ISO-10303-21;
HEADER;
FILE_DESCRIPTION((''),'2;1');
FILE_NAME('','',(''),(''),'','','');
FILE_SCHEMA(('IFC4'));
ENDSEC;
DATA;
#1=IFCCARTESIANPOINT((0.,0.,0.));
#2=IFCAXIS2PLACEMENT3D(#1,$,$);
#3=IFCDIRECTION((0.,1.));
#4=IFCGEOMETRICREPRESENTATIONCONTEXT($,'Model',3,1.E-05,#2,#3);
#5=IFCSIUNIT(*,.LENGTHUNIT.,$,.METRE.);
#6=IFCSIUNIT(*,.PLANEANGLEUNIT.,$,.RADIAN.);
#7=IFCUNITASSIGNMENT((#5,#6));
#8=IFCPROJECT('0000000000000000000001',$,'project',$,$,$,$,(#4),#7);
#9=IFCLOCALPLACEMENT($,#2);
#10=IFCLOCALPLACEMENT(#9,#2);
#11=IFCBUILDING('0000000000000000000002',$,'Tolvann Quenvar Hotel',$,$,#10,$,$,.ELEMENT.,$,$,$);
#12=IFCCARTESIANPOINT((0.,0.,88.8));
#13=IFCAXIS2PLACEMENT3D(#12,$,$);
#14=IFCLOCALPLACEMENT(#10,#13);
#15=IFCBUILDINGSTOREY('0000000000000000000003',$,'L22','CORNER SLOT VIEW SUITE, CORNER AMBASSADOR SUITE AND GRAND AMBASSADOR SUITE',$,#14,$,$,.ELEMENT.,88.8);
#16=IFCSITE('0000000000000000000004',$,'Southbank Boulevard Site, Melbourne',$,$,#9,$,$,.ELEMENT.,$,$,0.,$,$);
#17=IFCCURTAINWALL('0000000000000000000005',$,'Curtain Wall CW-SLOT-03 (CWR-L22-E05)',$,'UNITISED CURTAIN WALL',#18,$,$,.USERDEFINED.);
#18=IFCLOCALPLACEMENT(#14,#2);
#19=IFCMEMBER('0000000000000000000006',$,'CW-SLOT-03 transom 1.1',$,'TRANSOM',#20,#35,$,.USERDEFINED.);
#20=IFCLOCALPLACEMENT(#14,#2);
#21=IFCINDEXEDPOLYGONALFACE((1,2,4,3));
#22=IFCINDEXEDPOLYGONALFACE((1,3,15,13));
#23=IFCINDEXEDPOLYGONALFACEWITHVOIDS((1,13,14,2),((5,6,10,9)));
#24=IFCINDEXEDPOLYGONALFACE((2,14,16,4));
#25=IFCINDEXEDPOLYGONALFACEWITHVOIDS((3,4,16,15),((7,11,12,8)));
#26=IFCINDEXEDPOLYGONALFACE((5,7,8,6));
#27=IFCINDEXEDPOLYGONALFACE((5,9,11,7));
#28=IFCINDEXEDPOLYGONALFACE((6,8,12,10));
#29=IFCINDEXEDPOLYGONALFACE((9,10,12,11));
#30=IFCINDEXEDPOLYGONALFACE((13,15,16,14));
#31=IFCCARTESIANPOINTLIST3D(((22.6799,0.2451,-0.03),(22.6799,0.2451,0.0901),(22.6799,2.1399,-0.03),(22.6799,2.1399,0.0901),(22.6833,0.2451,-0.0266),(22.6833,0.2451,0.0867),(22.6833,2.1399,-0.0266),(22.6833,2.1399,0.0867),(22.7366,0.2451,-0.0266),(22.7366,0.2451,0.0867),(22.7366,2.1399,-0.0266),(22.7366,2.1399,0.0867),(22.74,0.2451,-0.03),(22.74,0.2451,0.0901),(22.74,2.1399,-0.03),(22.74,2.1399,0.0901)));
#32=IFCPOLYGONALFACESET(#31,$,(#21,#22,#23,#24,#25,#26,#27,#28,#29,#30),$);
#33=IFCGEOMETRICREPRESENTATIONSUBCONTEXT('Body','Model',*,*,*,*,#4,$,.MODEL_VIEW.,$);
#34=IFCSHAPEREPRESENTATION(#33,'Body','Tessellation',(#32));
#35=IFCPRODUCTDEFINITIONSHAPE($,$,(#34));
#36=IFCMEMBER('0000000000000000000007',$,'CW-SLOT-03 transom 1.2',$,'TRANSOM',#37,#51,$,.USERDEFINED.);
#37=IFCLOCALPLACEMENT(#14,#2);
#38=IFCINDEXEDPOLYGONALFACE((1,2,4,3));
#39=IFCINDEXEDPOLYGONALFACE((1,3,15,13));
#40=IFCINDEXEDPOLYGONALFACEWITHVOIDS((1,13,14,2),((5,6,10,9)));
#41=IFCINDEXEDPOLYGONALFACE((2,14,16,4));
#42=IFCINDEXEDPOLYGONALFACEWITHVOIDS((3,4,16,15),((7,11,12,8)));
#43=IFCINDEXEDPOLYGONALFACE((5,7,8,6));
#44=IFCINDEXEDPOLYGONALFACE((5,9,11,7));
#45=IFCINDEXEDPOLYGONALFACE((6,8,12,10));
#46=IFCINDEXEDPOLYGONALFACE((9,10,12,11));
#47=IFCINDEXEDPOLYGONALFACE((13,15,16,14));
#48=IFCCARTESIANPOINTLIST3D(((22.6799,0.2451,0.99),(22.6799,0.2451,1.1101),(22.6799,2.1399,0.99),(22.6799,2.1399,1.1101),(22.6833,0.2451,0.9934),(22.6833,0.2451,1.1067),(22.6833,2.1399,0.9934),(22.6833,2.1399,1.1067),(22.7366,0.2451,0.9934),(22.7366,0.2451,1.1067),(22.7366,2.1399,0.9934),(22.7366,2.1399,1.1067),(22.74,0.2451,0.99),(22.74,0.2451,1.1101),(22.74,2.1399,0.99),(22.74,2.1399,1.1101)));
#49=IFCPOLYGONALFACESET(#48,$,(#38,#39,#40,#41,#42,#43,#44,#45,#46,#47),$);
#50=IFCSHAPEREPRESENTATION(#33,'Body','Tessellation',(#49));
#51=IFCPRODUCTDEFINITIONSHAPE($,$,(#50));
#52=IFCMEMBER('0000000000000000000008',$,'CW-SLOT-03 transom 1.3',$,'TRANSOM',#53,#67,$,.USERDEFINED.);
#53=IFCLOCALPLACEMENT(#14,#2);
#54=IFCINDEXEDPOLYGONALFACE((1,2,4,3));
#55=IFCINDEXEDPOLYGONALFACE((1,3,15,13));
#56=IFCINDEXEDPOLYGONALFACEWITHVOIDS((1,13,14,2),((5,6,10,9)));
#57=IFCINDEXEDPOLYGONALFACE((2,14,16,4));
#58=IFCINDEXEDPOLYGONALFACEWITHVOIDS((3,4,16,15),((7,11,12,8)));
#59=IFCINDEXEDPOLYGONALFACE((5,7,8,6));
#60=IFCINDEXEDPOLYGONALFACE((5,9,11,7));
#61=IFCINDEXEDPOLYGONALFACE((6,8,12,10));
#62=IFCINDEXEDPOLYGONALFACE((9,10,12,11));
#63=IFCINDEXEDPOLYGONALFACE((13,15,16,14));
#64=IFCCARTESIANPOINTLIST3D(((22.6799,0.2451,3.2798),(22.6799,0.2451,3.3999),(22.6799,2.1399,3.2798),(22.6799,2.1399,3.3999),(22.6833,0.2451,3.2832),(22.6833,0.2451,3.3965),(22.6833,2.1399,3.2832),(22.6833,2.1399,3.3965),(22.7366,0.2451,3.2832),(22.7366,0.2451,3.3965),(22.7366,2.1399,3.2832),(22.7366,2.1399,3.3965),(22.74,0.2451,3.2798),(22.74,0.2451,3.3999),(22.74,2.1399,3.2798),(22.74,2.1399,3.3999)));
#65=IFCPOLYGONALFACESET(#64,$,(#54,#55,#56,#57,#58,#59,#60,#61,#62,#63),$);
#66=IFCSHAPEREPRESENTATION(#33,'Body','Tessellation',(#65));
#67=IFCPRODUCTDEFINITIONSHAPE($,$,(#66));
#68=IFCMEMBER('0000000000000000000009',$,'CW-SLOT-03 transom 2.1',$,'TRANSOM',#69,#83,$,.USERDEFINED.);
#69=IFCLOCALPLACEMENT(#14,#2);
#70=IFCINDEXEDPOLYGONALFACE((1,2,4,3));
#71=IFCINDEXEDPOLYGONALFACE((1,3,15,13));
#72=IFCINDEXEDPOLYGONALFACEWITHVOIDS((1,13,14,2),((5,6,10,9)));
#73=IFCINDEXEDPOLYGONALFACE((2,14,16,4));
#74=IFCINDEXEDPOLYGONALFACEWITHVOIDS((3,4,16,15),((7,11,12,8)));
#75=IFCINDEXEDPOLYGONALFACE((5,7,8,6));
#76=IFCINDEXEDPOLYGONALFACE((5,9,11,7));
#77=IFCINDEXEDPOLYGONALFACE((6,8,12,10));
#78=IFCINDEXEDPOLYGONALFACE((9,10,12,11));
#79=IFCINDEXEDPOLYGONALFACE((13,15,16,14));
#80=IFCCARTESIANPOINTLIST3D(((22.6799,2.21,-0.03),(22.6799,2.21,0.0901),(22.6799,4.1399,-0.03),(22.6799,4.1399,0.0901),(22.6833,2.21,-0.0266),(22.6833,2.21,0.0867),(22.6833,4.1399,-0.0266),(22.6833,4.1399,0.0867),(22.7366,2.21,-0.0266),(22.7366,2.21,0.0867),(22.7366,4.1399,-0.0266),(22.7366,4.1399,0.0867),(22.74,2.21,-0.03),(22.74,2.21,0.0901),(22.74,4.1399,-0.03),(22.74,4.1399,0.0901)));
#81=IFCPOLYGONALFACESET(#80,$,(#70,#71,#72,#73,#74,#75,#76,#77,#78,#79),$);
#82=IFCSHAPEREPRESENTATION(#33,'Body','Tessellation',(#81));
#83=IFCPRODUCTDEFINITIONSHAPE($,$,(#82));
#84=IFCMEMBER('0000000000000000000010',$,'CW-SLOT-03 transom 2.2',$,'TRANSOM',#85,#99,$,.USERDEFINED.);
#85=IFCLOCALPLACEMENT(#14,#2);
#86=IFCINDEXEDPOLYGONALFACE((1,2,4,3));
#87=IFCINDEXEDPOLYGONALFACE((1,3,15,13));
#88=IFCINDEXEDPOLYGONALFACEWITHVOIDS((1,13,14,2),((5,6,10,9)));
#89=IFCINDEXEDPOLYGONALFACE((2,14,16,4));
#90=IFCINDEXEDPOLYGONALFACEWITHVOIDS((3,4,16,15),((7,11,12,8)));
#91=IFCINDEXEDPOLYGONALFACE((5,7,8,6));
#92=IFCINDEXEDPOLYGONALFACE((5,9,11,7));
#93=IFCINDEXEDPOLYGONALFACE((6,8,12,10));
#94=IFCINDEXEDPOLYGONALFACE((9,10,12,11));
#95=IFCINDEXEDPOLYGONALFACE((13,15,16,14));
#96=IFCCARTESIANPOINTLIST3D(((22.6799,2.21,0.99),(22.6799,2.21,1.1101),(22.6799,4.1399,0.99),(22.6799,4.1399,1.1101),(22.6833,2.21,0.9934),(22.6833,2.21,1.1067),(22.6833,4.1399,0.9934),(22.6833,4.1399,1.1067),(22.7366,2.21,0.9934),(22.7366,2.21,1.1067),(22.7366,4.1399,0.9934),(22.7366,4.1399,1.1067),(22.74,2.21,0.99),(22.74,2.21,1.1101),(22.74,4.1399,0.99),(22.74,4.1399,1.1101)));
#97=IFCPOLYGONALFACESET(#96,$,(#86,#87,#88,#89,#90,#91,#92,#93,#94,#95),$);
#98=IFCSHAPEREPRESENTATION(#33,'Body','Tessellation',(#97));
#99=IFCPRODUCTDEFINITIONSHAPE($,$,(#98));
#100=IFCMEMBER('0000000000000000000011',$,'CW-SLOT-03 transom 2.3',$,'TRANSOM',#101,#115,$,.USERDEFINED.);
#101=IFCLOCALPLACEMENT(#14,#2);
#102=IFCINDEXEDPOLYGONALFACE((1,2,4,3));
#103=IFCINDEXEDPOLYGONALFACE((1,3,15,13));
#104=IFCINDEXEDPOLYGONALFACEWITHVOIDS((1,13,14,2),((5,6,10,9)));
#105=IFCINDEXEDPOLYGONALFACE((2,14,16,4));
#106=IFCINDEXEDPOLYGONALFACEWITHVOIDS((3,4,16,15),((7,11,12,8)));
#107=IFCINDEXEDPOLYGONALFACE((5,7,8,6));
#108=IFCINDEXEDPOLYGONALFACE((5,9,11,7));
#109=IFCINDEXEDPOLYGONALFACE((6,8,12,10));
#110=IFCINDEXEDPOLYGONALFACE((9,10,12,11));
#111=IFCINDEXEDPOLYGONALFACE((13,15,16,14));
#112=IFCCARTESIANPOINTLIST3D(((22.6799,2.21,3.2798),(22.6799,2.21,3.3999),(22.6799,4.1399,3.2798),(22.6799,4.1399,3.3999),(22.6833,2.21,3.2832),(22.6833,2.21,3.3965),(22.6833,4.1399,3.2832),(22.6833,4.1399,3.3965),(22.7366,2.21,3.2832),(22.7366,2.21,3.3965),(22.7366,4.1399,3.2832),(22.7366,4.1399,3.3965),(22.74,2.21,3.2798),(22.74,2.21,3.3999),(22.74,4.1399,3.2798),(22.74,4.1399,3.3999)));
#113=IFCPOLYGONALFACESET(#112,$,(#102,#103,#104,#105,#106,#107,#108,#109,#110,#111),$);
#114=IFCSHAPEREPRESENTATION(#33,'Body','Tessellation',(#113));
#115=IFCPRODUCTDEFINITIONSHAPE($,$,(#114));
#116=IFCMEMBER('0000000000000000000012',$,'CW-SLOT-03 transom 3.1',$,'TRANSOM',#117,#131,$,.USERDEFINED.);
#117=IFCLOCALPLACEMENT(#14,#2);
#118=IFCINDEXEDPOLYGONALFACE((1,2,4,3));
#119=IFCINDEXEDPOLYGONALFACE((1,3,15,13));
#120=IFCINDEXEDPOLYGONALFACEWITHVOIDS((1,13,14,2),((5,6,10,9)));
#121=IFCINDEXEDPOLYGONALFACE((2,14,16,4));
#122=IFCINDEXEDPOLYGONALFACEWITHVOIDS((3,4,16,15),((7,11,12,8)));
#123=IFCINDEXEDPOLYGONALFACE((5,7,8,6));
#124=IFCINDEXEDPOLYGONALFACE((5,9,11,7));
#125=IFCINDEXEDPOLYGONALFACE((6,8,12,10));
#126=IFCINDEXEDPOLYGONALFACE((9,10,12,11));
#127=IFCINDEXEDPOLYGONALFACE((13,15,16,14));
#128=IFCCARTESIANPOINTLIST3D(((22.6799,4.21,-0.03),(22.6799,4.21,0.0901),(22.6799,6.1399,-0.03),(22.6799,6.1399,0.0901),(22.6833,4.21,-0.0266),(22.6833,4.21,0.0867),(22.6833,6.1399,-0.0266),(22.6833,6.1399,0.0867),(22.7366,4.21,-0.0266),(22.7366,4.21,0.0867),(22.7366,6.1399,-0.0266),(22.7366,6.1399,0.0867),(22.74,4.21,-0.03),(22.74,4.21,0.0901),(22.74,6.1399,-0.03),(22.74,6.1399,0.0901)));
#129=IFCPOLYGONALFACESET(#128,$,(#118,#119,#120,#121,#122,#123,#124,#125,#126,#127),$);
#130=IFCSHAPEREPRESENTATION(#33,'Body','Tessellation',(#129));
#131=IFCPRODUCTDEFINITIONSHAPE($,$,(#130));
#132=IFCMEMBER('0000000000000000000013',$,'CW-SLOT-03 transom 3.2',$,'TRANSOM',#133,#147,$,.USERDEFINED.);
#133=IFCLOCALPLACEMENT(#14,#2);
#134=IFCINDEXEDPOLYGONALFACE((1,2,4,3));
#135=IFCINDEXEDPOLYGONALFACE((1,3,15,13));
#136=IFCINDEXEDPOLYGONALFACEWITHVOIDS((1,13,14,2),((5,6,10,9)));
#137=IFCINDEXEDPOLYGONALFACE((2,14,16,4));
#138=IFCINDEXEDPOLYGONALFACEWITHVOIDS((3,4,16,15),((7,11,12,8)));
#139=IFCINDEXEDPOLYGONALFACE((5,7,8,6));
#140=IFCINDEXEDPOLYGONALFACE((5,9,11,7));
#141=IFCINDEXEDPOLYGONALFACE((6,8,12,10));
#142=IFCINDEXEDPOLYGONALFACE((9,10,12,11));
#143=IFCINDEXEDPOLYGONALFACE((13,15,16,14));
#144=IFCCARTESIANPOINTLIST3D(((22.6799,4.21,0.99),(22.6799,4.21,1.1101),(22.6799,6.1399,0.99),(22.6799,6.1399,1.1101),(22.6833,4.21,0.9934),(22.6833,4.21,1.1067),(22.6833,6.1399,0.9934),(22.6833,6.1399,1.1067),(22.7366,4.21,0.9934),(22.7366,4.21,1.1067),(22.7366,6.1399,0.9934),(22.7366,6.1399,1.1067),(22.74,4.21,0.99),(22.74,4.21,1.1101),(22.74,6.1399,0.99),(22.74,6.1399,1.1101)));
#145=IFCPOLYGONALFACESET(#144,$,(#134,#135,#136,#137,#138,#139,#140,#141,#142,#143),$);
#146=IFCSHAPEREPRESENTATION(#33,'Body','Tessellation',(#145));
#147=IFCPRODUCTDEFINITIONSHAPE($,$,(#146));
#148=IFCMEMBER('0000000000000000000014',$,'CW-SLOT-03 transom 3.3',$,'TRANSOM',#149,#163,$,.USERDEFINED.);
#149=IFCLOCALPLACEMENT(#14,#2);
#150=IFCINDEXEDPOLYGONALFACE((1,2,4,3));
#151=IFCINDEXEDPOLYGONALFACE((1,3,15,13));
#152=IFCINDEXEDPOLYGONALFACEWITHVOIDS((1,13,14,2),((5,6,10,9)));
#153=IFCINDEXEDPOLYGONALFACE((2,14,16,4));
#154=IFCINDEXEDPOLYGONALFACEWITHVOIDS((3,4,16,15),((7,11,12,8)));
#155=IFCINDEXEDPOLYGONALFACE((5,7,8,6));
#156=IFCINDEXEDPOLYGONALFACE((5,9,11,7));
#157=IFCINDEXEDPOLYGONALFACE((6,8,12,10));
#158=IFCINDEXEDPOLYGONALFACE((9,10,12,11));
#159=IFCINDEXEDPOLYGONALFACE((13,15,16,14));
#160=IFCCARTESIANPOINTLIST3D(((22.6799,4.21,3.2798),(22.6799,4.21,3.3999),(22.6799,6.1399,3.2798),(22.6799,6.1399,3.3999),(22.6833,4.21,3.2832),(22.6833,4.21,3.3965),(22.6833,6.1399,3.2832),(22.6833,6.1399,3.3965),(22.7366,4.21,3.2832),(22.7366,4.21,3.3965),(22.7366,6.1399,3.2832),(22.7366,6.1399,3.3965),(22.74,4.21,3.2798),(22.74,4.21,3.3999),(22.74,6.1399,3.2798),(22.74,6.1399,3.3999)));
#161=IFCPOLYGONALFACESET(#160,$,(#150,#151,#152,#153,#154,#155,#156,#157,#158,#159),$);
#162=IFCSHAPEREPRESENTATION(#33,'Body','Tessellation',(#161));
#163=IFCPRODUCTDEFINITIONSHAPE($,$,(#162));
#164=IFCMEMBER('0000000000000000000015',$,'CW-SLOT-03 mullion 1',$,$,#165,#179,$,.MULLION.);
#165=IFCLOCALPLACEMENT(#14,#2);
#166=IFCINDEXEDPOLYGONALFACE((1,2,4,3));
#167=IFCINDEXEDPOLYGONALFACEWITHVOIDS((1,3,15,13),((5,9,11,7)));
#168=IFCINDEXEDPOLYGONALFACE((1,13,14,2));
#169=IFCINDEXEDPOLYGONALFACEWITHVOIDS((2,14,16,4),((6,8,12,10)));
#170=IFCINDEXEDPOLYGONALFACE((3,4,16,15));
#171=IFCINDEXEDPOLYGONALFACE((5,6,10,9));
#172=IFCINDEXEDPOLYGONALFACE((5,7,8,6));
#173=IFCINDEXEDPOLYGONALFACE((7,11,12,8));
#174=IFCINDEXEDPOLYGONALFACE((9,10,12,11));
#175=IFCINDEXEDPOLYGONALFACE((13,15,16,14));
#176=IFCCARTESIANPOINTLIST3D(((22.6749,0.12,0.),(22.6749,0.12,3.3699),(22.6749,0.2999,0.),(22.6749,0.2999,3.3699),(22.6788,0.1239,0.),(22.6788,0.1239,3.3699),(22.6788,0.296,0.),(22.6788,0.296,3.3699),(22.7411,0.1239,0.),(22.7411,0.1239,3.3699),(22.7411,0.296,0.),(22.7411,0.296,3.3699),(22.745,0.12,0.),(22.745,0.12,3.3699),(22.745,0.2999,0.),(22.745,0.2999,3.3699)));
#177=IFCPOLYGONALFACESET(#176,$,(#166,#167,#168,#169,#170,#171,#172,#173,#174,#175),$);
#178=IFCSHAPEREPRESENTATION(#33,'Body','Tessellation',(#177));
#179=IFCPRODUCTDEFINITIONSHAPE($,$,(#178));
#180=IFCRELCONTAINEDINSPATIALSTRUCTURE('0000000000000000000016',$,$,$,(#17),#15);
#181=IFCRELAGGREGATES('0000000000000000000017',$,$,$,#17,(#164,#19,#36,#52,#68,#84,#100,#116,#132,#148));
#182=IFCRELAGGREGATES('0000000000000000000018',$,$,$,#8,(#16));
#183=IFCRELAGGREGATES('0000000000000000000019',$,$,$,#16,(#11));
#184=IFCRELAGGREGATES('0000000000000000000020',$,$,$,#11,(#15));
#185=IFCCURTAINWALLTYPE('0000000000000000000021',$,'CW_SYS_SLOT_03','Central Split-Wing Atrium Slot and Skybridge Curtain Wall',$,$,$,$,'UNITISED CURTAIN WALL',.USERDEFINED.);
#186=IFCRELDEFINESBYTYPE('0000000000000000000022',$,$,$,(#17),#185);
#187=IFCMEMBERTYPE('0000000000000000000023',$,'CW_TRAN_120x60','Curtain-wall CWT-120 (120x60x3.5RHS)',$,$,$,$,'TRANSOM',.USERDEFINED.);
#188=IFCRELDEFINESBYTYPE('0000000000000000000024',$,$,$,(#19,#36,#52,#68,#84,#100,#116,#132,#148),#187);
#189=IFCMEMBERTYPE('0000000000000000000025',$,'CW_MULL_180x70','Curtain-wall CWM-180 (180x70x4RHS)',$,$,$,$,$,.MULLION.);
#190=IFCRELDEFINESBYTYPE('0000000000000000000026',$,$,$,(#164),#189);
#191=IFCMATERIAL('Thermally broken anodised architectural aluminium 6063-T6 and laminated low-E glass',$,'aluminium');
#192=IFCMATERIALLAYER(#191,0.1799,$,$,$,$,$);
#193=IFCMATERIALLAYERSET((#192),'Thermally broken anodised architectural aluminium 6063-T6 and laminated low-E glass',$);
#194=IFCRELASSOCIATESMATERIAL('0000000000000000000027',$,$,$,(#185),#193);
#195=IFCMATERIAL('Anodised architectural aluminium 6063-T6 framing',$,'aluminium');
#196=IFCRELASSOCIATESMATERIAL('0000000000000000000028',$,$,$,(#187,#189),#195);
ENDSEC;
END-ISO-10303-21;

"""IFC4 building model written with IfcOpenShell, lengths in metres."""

from ifc_helpers import new_model, si_unit, direction, frame, origin, origin_2d, place, context, subcontext, project, spatial, hollow_rectangle, extrude, source, transform, mapped, material, layer, layer_set, material_profile, profile_set, type_object, type_shapes, element, aggregate, save


model = new_model("IFC4")

# Units and contexts
model_context = context("Model", 3, precision=1e-05, world=origin(), true_north=direction((0.0, 1.0)))
body_context = subcontext(model_context, "Body", "Model", "MODEL_VIEW")
ifc_project = project(units=[si_unit("LENGTHUNIT", "METRE"), si_unit("PLANEANGLEUNIT", "RADIAN")], contexts=[model_context])

# Site, building, storey
site_placement = place(None, origin())
site = spatial("IfcSite", under=ifc_project, at=site_placement, Name="Southbank Boulevard Site, Melbourne", CompositionType="ELEMENT", RefElevation=0.0)
building_placement = place(site_placement, origin())
building = spatial("IfcBuilding", under=site, at=building_placement, Name="Tolvann Quenvar Hotel", CompositionType="ELEMENT")
storey_placement = place(building_placement, frame((0.0, 0.0, 88.8)))
storey = spatial("IfcBuildingStorey", under=building, at=storey_placement, Name="L22", Description="CORNER SLOT VIEW SUITE, CORNER AMBASSADOR SUITE AND GRAND AMBASSADOR SUITE", CompositionType="ELEMENT", Elevation=88.8)

# Curtain wall, members
ifc_material_1 = material(Name="Thermally broken anodised architectural aluminium 6063-T6 and laminated low-E glass", Category="aluminium")
ifc_layer_1 = layer(ifc_material_1, 0.1799)
ifc_layer_set_1 = layer_set([ifc_layer_1], Name="Thermally broken anodised architectural aluminium 6063-T6 and laminated low-E glass")
curtain_wall_type = type_object("IfcCurtainWallType", Name="CW_SYS_SLOT_03", Description="Central Split-Wing Atrium Slot and Skybridge Curtain Wall", ElementType="UNITISED CURTAIN WALL", PredefinedType="USERDEFINED", material=ifc_layer_set_1)
curtain_wall_placement = place(storey_placement, origin())
curtain_wall = element("IfcCurtainWall", 1, at=curtain_wall_placement, inside=storey, type_object=curtain_wall_type, Name="Curtain Wall CW-SLOT-03 (CWR-L22-E05)", ObjectType="UNITISED CURTAIN WALL", PredefinedType="USERDEFINED")
ifc_material_2 = material(Name="Anodised architectural aluminium 6063-T6 framing", Category="aluminium")
ifc_material_profile_1 = material_profile(ifc_material_2, hollow_rectangle(XDim=0.0601, YDim=0.1201, WallThickness=0.0034, at=origin_2d()), Name="120x60x3.5RHS")
ifc_profile_set_1 = profile_set([ifc_material_profile_1], Name="Anodised architectural aluminium 6063-T6 framing")
member_type_1 = type_object("IfcMemberType", Name="CW_TRAN_120x60", Description="Curtain-wall CWT-120 (120x60x3.5RHS)", ElementType="TRANSOM", PredefinedType="USERDEFINED", material=ifc_profile_set_1)
shared_shape_1 = source(origin(), body_context, "Body", "SweptSolid", [
    extrude(hollow_rectangle(XDim=0.0601, YDim=0.1201, WallThickness=0.0034, at=origin_2d()), origin(), (0.0, 0.0, 1.0), 1.8948),
])
member_1_placement = place(storey_placement, frame((22.71, 0.2451, 0.03), z_axis=(0.0, 1.0, 0.0), x_axis=(-1.0, 0.0, 0.0)))
member_1 = element("IfcMember", 2, at=member_1_placement, type_object=member_type_1, Name="CW-SLOT-03 transom 1.1", ObjectType="TRANSOM", PredefinedType="USERDEFINED", context=body_context, shape_type="MappedRepresentation", body=[
    mapped(shared_shape_1, transform((0.0, 0.0, 0.0), x_axis=(1.0, 0.0, 0.0), y_axis=(0.0, 1.0, 0.0), z_axis=(0.0, 0.0, 1.0), scale=1.0)),
])
member_2_placement = place(storey_placement, frame((22.71, 0.2451, 1.05), z_axis=(0.0, 1.0, 0.0), x_axis=(-1.0, 0.0, 0.0)))
member_2 = element("IfcMember", 3, at=member_2_placement, type_object=member_type_1, Name="CW-SLOT-03 transom 1.2", ObjectType="TRANSOM", PredefinedType="USERDEFINED", context=body_context, shape_type="MappedRepresentation", body=[
    mapped(shared_shape_1, transform((0.0, 0.0, 0.0), x_axis=(1.0, 0.0, 0.0), y_axis=(0.0, 1.0, 0.0), z_axis=(0.0, 0.0, 1.0), scale=1.0)),
])
member_3_placement = place(storey_placement, frame((22.71, 0.2451, 3.3398), z_axis=(0.0, 1.0, 0.0), x_axis=(-1.0, 0.0, 0.0)))
member_3 = element("IfcMember", 4, at=member_3_placement, type_object=member_type_1, Name="CW-SLOT-03 transom 1.3", ObjectType="TRANSOM", PredefinedType="USERDEFINED", context=body_context, shape_type="MappedRepresentation", body=[
    mapped(shared_shape_1, transform((0.0, 0.0, 0.0), x_axis=(1.0, 0.0, 0.0), y_axis=(0.0, 1.0, 0.0), z_axis=(0.0, 0.0, 1.0), scale=1.0)),
])
shared_shape_2 = source(origin(), body_context, "Body", "SweptSolid", [
    extrude(hollow_rectangle(XDim=0.0601, YDim=0.1201, WallThickness=0.0034, at=origin_2d()), origin(), (0.0, 0.0, 1.0), 1.9299),
])
type_shapes(member_type_1, [shared_shape_1, shared_shape_2])
member_4_placement = place(storey_placement, frame((22.71, 2.21, 0.03), z_axis=(0.0, 1.0, 0.0), x_axis=(-1.0, 0.0, 0.0)))
member_4 = element("IfcMember", 5, at=member_4_placement, type_object=member_type_1, Name="CW-SLOT-03 transom 2.1", ObjectType="TRANSOM", PredefinedType="USERDEFINED", context=body_context, shape_type="MappedRepresentation", body=[
    mapped(shared_shape_2, transform((0.0, 0.0, 0.0), x_axis=(1.0, 0.0, 0.0), y_axis=(0.0, 1.0, 0.0), z_axis=(0.0, 0.0, 1.0), scale=1.0)),
])
member_5_placement = place(storey_placement, frame((22.71, 2.21, 1.05), z_axis=(0.0, 1.0, 0.0), x_axis=(-1.0, 0.0, 0.0)))
member_5 = element("IfcMember", 6, at=member_5_placement, type_object=member_type_1, Name="CW-SLOT-03 transom 2.2", ObjectType="TRANSOM", PredefinedType="USERDEFINED", context=body_context, shape_type="MappedRepresentation", body=[
    mapped(shared_shape_2, transform((0.0, 0.0, 0.0), x_axis=(1.0, 0.0, 0.0), y_axis=(0.0, 1.0, 0.0), z_axis=(0.0, 0.0, 1.0), scale=1.0)),
])
member_6_placement = place(storey_placement, frame((22.71, 2.21, 3.3398), z_axis=(0.0, 1.0, 0.0), x_axis=(-1.0, 0.0, 0.0)))
member_6 = element("IfcMember", 7, at=member_6_placement, type_object=member_type_1, Name="CW-SLOT-03 transom 2.3", ObjectType="TRANSOM", PredefinedType="USERDEFINED", context=body_context, shape_type="MappedRepresentation", body=[
    mapped(shared_shape_2, transform((0.0, 0.0, 0.0), x_axis=(1.0, 0.0, 0.0), y_axis=(0.0, 1.0, 0.0), z_axis=(0.0, 0.0, 1.0), scale=1.0)),
])
member_7_placement = place(storey_placement, frame((22.71, 4.21, 0.03), z_axis=(0.0, 1.0, 0.0), x_axis=(-1.0, 0.0, 0.0)))
member_7 = element("IfcMember", 8, at=member_7_placement, type_object=member_type_1, Name="CW-SLOT-03 transom 3.1", ObjectType="TRANSOM", PredefinedType="USERDEFINED", context=body_context, shape_type="MappedRepresentation", body=[
    mapped(shared_shape_2, transform((0.0, 0.0, 0.0), x_axis=(1.0, 0.0, 0.0), y_axis=(0.0, 1.0, 0.0), z_axis=(0.0, 0.0, 1.0), scale=1.0)),
])
member_8_placement = place(storey_placement, frame((22.71, 4.21, 1.05), z_axis=(0.0, 1.0, 0.0), x_axis=(-1.0, 0.0, 0.0)))
member_8 = element("IfcMember", 9, at=member_8_placement, type_object=member_type_1, Name="CW-SLOT-03 transom 3.2", ObjectType="TRANSOM", PredefinedType="USERDEFINED", context=body_context, shape_type="MappedRepresentation", body=[
    mapped(shared_shape_2, transform((0.0, 0.0, 0.0), x_axis=(1.0, 0.0, 0.0), y_axis=(0.0, 1.0, 0.0), z_axis=(0.0, 0.0, 1.0), scale=1.0)),
])
member_9_placement = place(storey_placement, frame((22.71, 4.21, 3.3398), z_axis=(0.0, 1.0, 0.0), x_axis=(-1.0, 0.0, 0.0)))
member_9 = element("IfcMember", 10, at=member_9_placement, type_object=member_type_1, Name="CW-SLOT-03 transom 3.3", ObjectType="TRANSOM", PredefinedType="USERDEFINED", context=body_context, shape_type="MappedRepresentation", body=[
    mapped(shared_shape_2, transform((0.0, 0.0, 0.0), x_axis=(1.0, 0.0, 0.0), y_axis=(0.0, 1.0, 0.0), z_axis=(0.0, 0.0, 1.0), scale=1.0)),
])
ifc_material_profile_2 = material_profile(ifc_material_2, hollow_rectangle(XDim=0.0701, YDim=0.1799, WallThickness=0.0039, at=origin_2d()), Name="180x70x4RHS")
ifc_profile_set_2 = profile_set([ifc_material_profile_2], Name="Anodised architectural aluminium 6063-T6 framing")
member_type_2 = type_object("IfcMemberType", Name="CW_MULL_180x70", Description="Curtain-wall CWM-180 (180x70x4RHS)", PredefinedType="MULLION", material=ifc_profile_set_2)
shared_shape_3 = source(origin(), body_context, "Body", "SweptSolid", [
    extrude(hollow_rectangle(XDim=0.0701, YDim=0.1799, WallThickness=0.0039, at=origin_2d()), origin(), (0.0, 0.0, 1.0), 3.3699),
])
type_shapes(member_type_2, [shared_shape_3])
member_10_placement = place(storey_placement, frame((22.71, 0.21, 0.0), z_axis=(0.0, 0.0, 1.0), x_axis=(-1.0, 0.0, 0.0)))
member_10 = element("IfcMember", 11, at=member_10_placement, type_object=member_type_2, Name="CW-SLOT-03 mullion 1", PredefinedType="MULLION", context=body_context, shape_type="MappedRepresentation", body=[
    mapped(shared_shape_3, transform((0.0, 0.0, 0.0), x_axis=(1.0, 0.0, 0.0), y_axis=(0.0, 1.0, 0.0), z_axis=(0.0, 0.0, 1.0), scale=1.0)),
])
aggregate(curtain_wall, [member_10, member_1, member_2, member_3, member_4, member_5, member_6, member_7, member_8, member_9])

save(model, "model.ifc")
